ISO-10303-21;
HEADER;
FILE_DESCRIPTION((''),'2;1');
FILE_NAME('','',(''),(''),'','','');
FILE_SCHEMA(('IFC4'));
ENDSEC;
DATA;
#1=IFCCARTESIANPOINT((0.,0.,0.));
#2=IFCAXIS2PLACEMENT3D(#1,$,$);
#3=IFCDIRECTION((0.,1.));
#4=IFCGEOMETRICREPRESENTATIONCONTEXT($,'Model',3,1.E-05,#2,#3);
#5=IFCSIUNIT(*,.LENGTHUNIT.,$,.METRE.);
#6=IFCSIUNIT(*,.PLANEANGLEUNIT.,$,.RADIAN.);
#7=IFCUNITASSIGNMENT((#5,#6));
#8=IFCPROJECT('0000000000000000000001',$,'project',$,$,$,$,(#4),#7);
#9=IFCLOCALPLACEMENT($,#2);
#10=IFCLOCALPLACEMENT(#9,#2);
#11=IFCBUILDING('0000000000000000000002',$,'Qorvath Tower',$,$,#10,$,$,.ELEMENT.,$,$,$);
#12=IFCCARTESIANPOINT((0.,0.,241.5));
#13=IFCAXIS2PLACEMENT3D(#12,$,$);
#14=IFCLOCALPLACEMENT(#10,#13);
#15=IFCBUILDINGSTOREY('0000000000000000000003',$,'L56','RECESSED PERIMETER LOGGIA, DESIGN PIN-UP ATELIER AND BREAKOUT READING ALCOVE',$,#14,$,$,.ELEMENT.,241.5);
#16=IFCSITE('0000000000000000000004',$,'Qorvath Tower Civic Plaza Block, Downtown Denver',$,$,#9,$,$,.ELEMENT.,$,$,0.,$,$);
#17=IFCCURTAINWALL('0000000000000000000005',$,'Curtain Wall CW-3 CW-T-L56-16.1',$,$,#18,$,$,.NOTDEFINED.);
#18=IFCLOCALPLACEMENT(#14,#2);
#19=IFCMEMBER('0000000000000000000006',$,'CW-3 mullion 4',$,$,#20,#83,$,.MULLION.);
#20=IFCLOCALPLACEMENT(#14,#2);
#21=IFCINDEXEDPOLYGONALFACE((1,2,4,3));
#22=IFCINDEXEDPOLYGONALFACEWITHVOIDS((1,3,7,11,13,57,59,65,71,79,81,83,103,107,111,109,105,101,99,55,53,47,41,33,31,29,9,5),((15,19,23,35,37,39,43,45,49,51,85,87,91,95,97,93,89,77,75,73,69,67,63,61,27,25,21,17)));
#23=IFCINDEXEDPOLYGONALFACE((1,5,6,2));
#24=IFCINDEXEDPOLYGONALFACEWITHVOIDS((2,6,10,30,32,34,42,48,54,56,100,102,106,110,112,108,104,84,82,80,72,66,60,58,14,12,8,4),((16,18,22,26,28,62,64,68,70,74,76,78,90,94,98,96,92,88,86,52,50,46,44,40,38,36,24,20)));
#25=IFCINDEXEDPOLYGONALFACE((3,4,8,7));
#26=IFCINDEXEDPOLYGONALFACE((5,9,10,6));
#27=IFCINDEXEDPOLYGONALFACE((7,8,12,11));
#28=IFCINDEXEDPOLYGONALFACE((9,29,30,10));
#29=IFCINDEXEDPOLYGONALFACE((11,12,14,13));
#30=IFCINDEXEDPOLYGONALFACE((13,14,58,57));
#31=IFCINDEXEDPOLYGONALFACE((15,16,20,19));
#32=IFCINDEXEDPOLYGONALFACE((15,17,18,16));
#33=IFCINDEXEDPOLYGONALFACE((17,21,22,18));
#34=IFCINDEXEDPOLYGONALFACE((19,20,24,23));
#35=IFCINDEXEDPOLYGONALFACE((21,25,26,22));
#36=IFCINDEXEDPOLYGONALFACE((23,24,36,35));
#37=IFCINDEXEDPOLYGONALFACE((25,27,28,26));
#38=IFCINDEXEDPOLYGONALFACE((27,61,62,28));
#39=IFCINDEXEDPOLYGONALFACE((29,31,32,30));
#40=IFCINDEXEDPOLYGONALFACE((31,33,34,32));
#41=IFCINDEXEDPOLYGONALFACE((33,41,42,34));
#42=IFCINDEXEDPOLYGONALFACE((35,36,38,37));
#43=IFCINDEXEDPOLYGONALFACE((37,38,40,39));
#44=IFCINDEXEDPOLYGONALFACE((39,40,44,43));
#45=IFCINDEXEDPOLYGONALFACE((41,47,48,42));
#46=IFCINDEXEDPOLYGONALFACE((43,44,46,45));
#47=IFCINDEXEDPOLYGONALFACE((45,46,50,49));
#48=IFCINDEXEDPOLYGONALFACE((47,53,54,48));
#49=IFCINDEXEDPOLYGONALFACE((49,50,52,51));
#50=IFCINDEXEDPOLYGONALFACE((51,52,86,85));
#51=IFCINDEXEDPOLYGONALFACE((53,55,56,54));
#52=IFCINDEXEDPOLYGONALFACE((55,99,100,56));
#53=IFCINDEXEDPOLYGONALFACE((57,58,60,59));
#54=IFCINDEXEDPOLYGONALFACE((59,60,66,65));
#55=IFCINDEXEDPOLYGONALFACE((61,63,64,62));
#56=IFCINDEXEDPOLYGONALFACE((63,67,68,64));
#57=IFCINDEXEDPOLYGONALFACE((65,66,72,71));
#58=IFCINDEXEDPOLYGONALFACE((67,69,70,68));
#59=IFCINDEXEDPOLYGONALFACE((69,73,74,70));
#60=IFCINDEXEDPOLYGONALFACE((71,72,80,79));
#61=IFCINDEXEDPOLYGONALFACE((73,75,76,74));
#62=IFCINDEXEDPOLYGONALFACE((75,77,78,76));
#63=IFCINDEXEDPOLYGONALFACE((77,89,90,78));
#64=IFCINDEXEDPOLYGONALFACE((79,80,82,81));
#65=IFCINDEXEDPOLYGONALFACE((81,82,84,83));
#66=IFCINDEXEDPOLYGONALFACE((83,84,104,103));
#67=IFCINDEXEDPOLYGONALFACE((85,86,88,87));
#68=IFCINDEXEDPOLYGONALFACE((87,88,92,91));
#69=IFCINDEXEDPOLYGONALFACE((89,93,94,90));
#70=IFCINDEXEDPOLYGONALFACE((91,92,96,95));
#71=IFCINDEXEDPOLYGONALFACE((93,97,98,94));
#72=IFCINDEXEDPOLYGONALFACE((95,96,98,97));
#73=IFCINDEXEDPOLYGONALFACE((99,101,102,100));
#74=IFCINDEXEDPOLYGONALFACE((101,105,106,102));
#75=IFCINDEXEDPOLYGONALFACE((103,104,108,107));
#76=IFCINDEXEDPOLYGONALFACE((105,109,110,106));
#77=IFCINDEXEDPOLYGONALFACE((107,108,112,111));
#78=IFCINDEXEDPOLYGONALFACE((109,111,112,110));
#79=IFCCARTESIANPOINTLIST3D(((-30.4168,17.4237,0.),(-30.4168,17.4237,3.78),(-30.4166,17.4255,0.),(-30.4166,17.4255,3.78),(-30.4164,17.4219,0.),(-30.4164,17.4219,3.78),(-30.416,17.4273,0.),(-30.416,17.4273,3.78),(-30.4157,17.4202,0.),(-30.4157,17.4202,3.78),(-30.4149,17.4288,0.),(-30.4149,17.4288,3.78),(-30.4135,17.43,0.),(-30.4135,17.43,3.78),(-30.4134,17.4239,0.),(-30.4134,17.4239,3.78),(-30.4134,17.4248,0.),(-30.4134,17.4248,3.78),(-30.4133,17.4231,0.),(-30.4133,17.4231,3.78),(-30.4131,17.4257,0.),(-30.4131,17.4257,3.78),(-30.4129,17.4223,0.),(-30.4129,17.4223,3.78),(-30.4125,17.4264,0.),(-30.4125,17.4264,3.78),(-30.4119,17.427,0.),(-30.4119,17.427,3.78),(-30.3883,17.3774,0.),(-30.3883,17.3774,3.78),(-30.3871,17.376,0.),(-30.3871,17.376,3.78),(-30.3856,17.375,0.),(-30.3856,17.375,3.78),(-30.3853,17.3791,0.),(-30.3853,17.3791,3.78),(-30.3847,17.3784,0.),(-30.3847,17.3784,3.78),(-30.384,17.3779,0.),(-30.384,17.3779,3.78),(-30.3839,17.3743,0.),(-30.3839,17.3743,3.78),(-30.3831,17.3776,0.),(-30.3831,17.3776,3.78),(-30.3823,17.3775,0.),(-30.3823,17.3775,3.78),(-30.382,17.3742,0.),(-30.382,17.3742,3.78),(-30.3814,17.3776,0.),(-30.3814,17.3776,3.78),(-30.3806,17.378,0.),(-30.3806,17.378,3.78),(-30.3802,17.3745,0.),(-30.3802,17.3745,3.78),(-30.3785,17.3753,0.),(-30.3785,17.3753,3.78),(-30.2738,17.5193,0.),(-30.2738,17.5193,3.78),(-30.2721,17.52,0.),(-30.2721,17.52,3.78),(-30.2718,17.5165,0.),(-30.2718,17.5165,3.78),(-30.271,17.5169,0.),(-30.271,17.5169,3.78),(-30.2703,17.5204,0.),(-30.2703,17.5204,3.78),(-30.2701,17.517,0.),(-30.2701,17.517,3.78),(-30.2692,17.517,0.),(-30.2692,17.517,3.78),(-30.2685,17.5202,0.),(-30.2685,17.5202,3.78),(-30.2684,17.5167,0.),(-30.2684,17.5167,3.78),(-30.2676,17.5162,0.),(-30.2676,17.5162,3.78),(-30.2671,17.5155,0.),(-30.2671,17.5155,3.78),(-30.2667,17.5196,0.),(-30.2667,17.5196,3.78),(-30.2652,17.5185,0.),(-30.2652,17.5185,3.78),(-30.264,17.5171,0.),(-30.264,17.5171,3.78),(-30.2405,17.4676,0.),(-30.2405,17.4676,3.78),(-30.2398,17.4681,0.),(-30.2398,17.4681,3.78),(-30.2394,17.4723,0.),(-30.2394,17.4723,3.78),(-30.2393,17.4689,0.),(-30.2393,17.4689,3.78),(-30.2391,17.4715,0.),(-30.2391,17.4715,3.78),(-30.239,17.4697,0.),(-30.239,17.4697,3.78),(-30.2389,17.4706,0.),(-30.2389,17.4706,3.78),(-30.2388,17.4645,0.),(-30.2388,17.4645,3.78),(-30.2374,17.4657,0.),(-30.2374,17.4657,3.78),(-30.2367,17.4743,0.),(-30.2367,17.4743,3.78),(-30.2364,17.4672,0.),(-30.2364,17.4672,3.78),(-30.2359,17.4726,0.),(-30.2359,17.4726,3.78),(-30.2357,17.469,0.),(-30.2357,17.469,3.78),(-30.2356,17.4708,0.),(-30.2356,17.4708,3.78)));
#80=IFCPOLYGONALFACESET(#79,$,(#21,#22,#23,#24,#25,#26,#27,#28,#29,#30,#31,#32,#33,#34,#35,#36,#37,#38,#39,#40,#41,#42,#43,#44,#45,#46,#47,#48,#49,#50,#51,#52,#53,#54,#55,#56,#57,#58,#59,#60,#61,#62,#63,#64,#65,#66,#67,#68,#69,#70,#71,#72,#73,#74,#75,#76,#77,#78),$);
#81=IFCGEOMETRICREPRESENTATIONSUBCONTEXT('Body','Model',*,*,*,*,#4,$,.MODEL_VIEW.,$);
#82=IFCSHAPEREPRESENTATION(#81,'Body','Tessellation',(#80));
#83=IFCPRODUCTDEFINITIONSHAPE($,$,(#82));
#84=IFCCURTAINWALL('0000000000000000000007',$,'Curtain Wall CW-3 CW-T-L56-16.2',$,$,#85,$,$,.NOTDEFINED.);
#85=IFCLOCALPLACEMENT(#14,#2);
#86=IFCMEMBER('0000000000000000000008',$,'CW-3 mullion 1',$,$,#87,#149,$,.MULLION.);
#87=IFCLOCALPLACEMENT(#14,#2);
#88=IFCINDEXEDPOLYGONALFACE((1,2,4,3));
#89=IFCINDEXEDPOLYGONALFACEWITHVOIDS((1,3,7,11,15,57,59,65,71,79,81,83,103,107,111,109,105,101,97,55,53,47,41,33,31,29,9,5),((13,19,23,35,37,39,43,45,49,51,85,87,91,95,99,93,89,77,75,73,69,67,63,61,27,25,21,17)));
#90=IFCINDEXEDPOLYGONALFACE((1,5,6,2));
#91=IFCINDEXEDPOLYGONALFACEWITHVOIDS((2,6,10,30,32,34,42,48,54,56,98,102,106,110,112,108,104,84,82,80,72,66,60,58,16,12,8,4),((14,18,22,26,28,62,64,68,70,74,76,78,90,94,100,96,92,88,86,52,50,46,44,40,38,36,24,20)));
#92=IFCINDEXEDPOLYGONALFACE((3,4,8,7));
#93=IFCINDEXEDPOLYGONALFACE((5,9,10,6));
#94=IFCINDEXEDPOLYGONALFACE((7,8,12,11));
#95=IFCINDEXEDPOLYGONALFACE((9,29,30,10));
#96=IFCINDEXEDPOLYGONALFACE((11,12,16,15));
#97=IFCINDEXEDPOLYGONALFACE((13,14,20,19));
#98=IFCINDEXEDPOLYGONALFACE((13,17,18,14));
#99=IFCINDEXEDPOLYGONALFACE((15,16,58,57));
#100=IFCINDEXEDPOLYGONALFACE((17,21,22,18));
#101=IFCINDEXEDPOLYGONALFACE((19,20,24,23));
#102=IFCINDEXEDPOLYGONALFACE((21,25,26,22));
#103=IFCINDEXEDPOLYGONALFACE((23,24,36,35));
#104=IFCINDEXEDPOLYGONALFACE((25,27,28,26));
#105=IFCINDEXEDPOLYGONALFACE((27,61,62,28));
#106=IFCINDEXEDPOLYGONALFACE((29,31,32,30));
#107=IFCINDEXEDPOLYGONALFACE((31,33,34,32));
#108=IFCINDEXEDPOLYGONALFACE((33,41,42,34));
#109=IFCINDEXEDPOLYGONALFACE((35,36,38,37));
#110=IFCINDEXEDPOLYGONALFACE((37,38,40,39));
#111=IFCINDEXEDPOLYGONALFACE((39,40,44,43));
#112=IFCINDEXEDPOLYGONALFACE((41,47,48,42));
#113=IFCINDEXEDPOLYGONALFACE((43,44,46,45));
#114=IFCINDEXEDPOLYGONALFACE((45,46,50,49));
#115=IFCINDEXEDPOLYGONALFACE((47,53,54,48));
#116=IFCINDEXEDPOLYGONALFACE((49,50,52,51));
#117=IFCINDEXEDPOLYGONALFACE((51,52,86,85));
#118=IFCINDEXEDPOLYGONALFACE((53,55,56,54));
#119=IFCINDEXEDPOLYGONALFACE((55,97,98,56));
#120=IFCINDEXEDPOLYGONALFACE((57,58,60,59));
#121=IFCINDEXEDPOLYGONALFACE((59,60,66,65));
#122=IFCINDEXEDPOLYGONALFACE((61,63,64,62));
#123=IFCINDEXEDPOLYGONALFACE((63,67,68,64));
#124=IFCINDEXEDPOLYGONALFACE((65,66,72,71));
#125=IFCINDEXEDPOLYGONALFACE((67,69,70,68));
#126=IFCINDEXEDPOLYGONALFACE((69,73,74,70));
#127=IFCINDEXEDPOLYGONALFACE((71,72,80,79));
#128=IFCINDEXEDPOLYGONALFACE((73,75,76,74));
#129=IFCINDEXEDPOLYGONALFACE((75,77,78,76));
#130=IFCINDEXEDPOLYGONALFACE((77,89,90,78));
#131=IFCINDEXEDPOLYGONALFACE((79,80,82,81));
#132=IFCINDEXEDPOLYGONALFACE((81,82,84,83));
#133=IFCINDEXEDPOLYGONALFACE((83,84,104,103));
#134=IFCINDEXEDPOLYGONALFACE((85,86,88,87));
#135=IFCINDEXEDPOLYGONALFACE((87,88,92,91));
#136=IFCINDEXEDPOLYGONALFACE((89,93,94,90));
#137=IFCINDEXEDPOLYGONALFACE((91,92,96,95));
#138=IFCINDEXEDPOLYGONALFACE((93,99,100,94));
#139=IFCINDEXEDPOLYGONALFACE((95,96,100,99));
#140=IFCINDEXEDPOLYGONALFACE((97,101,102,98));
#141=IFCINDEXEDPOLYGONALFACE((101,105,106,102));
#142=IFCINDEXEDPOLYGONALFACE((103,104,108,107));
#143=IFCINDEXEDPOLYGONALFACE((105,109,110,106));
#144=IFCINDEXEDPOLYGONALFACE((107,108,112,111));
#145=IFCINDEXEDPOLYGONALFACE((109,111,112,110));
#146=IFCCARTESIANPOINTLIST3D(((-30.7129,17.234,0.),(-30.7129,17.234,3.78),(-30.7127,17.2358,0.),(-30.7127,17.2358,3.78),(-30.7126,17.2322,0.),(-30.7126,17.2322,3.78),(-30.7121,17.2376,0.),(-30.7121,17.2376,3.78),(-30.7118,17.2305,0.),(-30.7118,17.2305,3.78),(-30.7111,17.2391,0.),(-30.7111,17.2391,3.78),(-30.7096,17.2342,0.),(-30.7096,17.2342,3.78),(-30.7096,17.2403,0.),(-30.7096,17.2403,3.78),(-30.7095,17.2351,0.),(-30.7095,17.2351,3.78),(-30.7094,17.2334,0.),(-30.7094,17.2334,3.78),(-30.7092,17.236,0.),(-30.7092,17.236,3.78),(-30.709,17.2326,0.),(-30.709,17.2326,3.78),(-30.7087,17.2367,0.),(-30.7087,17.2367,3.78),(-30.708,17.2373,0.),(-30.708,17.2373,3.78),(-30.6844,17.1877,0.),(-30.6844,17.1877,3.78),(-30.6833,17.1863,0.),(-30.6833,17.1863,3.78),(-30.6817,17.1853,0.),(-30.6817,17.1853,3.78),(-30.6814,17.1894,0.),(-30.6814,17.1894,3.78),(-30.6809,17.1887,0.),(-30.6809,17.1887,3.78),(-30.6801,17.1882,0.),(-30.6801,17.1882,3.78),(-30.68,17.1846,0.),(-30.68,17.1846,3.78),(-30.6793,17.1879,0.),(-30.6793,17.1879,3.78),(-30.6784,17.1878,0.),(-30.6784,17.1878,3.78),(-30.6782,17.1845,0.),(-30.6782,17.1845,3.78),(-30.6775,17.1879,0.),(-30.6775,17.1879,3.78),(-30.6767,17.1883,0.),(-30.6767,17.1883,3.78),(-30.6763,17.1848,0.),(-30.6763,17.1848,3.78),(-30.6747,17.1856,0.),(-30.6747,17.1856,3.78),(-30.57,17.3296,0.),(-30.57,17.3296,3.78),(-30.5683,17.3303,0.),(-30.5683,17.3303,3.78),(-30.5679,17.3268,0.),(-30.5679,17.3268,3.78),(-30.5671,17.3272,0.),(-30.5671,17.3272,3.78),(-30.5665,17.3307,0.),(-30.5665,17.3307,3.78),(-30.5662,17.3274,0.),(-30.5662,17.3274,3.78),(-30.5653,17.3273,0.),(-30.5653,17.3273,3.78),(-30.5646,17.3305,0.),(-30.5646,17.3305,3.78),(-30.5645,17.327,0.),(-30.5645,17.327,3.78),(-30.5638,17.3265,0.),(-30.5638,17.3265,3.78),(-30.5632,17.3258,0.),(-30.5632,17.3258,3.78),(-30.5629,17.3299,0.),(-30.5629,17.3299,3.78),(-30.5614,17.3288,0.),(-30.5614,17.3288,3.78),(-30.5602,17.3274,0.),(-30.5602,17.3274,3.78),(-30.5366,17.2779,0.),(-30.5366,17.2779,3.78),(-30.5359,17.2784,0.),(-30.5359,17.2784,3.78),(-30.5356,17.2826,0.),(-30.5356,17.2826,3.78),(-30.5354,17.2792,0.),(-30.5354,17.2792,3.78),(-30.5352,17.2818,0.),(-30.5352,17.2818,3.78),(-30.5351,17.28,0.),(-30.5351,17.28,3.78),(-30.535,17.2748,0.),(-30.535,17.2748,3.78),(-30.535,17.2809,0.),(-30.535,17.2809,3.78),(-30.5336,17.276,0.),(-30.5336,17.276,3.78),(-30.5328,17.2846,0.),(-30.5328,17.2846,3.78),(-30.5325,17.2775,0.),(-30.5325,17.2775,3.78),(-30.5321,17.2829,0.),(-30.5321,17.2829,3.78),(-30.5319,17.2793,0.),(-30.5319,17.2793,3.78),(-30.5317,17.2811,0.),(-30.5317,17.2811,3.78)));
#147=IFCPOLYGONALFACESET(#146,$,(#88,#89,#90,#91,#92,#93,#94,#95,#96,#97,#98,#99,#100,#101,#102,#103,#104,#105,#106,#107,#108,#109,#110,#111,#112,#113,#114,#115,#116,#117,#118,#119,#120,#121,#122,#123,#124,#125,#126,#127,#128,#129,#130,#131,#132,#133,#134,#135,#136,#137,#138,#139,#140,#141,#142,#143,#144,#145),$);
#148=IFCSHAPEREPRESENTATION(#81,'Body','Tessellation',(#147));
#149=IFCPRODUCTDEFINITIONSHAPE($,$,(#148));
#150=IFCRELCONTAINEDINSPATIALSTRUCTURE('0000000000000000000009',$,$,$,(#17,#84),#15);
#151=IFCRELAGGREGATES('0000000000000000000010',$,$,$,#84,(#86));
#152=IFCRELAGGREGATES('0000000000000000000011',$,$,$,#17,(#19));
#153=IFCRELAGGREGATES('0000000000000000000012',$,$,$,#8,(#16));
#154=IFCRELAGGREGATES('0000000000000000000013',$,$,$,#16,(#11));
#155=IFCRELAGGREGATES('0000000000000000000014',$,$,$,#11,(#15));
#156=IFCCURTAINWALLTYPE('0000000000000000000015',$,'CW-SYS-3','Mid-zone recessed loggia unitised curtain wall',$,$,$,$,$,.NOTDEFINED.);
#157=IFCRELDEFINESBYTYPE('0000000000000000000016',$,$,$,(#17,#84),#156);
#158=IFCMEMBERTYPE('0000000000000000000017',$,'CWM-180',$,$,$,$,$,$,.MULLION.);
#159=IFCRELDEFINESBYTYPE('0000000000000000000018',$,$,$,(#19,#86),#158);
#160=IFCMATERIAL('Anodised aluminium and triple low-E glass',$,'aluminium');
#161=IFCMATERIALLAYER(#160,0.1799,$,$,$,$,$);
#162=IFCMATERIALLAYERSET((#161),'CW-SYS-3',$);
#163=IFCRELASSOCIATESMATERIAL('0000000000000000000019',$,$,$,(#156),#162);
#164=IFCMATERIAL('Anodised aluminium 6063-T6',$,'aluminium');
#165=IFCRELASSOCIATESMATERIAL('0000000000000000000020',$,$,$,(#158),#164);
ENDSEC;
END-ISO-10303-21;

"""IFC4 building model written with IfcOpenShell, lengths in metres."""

from ifc_helpers import new_model, si_unit, direction, frame, origin, origin_2d, place, context, subcontext, project, spatial, hollow_rectangle, extrude, material, layer, layer_set, material_profile, profile_set, type_object, element, aggregate, save


model = new_model("IFC4")

# Units and contexts
model_context = context("Model", 3, precision=1e-05, world=origin(), true_north=direction((0.0, 1.0)))
body_context = subcontext(model_context, "Body", "Model", "MODEL_VIEW")
ifc_project = project(units=[si_unit("LENGTHUNIT", "METRE"), si_unit("PLANEANGLEUNIT", "RADIAN")], contexts=[model_context])

# Site, building, storey
site_placement = place(None, origin())
site = spatial("IfcSite", under=ifc_project, at=site_placement, Name="Qorvath Tower Civic Plaza Block, Downtown Denver", CompositionType="ELEMENT", RefElevation=0.0)
building_placement = place(site_placement, origin())
building = spatial("IfcBuilding", under=site, at=building_placement, Name="Qorvath Tower", CompositionType="ELEMENT")
storey_placement = place(building_placement, frame((0.0, 0.0, 241.5)))
storey = spatial("IfcBuildingStorey", under=building, at=storey_placement, Name="L56", Description="RECESSED PERIMETER LOGGIA, DESIGN PIN-UP ATELIER AND BREAKOUT READING ALCOVE", CompositionType="ELEMENT", Elevation=241.5)

# Curtain wall, member
ifc_material_1 = material(Name="Anodised aluminium and triple low-E glass", Category="aluminium")
ifc_layer_1 = layer(ifc_material_1, 0.1799)
ifc_layer_set_1 = layer_set([ifc_layer_1], Name="CW-SYS-3")
curtain_wall_type = type_object("IfcCurtainWallType", Name="CW-SYS-3", Description="Mid-zone recessed loggia unitised curtain wall", PredefinedType="NOTDEFINED", material=ifc_layer_set_1)
curtain_wall_1_placement = place(storey_placement, origin())
curtain_wall_1 = element("IfcCurtainWall", 1, at=curtain_wall_1_placement, inside=storey, type_object=curtain_wall_type, Name="Curtain Wall CW-3 CW-T-L56-16.1", PredefinedType="NOTDEFINED")
ifc_material_2 = material(Name="Anodised aluminium 6063-T6", Category="aluminium")
ifc_material_profile_1 = material_profile(ifc_material_2, hollow_rectangle(XDim=0.0649, YDim=0.1799, WallThickness=0.0034, InnerFilletRadius=0.0034, OuterFilletRadius=0.0071, at=origin_2d()), Name="CWM 180x65")
ifc_profile_set_1 = profile_set([ifc_material_profile_1], Name="Anodised aluminium 6063-T6")
member_type_1 = type_object("IfcMemberType", Name="CWM-180", PredefinedType="MULLION", material=ifc_profile_set_1)
member_1_placement = place(storey_placement, frame((-30.3262, 17.4473, 0.0), z_axis=(0.0, 0.0, 1.0), x_axis=(0.538527, -0.842608, 0.0)))
member_1 = element("IfcMember", 2, at=member_1_placement, type_object=member_type_1, Name="CW-3 mullion 4", PredefinedType="MULLION", context=body_context, shape_type="SweptSolid", body=[
    extrude(hollow_rectangle(XDim=0.0649, YDim=0.1799, WallThickness=0.0034, InnerFilletRadius=0.0034, OuterFilletRadius=0.0071, at=origin_2d()), origin(), (0.0, 0.0, 1.0), 3.78),
])

# Curtain wall, member
curtain_wall_2_placement = place(storey_placement, origin())
curtain_wall_2 = element("IfcCurtainWall", 3, at=curtain_wall_2_placement, inside=storey, type_object=curtain_wall_type, Name="Curtain Wall CW-3 CW-T-L56-16.2", PredefinedType="NOTDEFINED")
member_2_placement = place(storey_placement, frame((-30.6223, 17.2576, 0.0), z_axis=(0.0, 0.0, 1.0), x_axis=(0.53852, -0.842613, 0.0)))
member_2 = element("IfcMember", 4, at=member_2_placement, type_object=member_type_1, Name="CW-3 mullion 1", PredefinedType="MULLION", context=body_context, shape_type="SweptSolid", body=[
    extrude(hollow_rectangle(XDim=0.0649, YDim=0.1799, WallThickness=0.0034, InnerFilletRadius=0.0034, OuterFilletRadius=0.0071, at=origin_2d()), origin(), (0.0, 0.0, 1.0), 3.78),
])

aggregate(curtain_wall_2, [member_2])

aggregate(curtain_wall_1, [member_1])

save(model, "model.ifc")
